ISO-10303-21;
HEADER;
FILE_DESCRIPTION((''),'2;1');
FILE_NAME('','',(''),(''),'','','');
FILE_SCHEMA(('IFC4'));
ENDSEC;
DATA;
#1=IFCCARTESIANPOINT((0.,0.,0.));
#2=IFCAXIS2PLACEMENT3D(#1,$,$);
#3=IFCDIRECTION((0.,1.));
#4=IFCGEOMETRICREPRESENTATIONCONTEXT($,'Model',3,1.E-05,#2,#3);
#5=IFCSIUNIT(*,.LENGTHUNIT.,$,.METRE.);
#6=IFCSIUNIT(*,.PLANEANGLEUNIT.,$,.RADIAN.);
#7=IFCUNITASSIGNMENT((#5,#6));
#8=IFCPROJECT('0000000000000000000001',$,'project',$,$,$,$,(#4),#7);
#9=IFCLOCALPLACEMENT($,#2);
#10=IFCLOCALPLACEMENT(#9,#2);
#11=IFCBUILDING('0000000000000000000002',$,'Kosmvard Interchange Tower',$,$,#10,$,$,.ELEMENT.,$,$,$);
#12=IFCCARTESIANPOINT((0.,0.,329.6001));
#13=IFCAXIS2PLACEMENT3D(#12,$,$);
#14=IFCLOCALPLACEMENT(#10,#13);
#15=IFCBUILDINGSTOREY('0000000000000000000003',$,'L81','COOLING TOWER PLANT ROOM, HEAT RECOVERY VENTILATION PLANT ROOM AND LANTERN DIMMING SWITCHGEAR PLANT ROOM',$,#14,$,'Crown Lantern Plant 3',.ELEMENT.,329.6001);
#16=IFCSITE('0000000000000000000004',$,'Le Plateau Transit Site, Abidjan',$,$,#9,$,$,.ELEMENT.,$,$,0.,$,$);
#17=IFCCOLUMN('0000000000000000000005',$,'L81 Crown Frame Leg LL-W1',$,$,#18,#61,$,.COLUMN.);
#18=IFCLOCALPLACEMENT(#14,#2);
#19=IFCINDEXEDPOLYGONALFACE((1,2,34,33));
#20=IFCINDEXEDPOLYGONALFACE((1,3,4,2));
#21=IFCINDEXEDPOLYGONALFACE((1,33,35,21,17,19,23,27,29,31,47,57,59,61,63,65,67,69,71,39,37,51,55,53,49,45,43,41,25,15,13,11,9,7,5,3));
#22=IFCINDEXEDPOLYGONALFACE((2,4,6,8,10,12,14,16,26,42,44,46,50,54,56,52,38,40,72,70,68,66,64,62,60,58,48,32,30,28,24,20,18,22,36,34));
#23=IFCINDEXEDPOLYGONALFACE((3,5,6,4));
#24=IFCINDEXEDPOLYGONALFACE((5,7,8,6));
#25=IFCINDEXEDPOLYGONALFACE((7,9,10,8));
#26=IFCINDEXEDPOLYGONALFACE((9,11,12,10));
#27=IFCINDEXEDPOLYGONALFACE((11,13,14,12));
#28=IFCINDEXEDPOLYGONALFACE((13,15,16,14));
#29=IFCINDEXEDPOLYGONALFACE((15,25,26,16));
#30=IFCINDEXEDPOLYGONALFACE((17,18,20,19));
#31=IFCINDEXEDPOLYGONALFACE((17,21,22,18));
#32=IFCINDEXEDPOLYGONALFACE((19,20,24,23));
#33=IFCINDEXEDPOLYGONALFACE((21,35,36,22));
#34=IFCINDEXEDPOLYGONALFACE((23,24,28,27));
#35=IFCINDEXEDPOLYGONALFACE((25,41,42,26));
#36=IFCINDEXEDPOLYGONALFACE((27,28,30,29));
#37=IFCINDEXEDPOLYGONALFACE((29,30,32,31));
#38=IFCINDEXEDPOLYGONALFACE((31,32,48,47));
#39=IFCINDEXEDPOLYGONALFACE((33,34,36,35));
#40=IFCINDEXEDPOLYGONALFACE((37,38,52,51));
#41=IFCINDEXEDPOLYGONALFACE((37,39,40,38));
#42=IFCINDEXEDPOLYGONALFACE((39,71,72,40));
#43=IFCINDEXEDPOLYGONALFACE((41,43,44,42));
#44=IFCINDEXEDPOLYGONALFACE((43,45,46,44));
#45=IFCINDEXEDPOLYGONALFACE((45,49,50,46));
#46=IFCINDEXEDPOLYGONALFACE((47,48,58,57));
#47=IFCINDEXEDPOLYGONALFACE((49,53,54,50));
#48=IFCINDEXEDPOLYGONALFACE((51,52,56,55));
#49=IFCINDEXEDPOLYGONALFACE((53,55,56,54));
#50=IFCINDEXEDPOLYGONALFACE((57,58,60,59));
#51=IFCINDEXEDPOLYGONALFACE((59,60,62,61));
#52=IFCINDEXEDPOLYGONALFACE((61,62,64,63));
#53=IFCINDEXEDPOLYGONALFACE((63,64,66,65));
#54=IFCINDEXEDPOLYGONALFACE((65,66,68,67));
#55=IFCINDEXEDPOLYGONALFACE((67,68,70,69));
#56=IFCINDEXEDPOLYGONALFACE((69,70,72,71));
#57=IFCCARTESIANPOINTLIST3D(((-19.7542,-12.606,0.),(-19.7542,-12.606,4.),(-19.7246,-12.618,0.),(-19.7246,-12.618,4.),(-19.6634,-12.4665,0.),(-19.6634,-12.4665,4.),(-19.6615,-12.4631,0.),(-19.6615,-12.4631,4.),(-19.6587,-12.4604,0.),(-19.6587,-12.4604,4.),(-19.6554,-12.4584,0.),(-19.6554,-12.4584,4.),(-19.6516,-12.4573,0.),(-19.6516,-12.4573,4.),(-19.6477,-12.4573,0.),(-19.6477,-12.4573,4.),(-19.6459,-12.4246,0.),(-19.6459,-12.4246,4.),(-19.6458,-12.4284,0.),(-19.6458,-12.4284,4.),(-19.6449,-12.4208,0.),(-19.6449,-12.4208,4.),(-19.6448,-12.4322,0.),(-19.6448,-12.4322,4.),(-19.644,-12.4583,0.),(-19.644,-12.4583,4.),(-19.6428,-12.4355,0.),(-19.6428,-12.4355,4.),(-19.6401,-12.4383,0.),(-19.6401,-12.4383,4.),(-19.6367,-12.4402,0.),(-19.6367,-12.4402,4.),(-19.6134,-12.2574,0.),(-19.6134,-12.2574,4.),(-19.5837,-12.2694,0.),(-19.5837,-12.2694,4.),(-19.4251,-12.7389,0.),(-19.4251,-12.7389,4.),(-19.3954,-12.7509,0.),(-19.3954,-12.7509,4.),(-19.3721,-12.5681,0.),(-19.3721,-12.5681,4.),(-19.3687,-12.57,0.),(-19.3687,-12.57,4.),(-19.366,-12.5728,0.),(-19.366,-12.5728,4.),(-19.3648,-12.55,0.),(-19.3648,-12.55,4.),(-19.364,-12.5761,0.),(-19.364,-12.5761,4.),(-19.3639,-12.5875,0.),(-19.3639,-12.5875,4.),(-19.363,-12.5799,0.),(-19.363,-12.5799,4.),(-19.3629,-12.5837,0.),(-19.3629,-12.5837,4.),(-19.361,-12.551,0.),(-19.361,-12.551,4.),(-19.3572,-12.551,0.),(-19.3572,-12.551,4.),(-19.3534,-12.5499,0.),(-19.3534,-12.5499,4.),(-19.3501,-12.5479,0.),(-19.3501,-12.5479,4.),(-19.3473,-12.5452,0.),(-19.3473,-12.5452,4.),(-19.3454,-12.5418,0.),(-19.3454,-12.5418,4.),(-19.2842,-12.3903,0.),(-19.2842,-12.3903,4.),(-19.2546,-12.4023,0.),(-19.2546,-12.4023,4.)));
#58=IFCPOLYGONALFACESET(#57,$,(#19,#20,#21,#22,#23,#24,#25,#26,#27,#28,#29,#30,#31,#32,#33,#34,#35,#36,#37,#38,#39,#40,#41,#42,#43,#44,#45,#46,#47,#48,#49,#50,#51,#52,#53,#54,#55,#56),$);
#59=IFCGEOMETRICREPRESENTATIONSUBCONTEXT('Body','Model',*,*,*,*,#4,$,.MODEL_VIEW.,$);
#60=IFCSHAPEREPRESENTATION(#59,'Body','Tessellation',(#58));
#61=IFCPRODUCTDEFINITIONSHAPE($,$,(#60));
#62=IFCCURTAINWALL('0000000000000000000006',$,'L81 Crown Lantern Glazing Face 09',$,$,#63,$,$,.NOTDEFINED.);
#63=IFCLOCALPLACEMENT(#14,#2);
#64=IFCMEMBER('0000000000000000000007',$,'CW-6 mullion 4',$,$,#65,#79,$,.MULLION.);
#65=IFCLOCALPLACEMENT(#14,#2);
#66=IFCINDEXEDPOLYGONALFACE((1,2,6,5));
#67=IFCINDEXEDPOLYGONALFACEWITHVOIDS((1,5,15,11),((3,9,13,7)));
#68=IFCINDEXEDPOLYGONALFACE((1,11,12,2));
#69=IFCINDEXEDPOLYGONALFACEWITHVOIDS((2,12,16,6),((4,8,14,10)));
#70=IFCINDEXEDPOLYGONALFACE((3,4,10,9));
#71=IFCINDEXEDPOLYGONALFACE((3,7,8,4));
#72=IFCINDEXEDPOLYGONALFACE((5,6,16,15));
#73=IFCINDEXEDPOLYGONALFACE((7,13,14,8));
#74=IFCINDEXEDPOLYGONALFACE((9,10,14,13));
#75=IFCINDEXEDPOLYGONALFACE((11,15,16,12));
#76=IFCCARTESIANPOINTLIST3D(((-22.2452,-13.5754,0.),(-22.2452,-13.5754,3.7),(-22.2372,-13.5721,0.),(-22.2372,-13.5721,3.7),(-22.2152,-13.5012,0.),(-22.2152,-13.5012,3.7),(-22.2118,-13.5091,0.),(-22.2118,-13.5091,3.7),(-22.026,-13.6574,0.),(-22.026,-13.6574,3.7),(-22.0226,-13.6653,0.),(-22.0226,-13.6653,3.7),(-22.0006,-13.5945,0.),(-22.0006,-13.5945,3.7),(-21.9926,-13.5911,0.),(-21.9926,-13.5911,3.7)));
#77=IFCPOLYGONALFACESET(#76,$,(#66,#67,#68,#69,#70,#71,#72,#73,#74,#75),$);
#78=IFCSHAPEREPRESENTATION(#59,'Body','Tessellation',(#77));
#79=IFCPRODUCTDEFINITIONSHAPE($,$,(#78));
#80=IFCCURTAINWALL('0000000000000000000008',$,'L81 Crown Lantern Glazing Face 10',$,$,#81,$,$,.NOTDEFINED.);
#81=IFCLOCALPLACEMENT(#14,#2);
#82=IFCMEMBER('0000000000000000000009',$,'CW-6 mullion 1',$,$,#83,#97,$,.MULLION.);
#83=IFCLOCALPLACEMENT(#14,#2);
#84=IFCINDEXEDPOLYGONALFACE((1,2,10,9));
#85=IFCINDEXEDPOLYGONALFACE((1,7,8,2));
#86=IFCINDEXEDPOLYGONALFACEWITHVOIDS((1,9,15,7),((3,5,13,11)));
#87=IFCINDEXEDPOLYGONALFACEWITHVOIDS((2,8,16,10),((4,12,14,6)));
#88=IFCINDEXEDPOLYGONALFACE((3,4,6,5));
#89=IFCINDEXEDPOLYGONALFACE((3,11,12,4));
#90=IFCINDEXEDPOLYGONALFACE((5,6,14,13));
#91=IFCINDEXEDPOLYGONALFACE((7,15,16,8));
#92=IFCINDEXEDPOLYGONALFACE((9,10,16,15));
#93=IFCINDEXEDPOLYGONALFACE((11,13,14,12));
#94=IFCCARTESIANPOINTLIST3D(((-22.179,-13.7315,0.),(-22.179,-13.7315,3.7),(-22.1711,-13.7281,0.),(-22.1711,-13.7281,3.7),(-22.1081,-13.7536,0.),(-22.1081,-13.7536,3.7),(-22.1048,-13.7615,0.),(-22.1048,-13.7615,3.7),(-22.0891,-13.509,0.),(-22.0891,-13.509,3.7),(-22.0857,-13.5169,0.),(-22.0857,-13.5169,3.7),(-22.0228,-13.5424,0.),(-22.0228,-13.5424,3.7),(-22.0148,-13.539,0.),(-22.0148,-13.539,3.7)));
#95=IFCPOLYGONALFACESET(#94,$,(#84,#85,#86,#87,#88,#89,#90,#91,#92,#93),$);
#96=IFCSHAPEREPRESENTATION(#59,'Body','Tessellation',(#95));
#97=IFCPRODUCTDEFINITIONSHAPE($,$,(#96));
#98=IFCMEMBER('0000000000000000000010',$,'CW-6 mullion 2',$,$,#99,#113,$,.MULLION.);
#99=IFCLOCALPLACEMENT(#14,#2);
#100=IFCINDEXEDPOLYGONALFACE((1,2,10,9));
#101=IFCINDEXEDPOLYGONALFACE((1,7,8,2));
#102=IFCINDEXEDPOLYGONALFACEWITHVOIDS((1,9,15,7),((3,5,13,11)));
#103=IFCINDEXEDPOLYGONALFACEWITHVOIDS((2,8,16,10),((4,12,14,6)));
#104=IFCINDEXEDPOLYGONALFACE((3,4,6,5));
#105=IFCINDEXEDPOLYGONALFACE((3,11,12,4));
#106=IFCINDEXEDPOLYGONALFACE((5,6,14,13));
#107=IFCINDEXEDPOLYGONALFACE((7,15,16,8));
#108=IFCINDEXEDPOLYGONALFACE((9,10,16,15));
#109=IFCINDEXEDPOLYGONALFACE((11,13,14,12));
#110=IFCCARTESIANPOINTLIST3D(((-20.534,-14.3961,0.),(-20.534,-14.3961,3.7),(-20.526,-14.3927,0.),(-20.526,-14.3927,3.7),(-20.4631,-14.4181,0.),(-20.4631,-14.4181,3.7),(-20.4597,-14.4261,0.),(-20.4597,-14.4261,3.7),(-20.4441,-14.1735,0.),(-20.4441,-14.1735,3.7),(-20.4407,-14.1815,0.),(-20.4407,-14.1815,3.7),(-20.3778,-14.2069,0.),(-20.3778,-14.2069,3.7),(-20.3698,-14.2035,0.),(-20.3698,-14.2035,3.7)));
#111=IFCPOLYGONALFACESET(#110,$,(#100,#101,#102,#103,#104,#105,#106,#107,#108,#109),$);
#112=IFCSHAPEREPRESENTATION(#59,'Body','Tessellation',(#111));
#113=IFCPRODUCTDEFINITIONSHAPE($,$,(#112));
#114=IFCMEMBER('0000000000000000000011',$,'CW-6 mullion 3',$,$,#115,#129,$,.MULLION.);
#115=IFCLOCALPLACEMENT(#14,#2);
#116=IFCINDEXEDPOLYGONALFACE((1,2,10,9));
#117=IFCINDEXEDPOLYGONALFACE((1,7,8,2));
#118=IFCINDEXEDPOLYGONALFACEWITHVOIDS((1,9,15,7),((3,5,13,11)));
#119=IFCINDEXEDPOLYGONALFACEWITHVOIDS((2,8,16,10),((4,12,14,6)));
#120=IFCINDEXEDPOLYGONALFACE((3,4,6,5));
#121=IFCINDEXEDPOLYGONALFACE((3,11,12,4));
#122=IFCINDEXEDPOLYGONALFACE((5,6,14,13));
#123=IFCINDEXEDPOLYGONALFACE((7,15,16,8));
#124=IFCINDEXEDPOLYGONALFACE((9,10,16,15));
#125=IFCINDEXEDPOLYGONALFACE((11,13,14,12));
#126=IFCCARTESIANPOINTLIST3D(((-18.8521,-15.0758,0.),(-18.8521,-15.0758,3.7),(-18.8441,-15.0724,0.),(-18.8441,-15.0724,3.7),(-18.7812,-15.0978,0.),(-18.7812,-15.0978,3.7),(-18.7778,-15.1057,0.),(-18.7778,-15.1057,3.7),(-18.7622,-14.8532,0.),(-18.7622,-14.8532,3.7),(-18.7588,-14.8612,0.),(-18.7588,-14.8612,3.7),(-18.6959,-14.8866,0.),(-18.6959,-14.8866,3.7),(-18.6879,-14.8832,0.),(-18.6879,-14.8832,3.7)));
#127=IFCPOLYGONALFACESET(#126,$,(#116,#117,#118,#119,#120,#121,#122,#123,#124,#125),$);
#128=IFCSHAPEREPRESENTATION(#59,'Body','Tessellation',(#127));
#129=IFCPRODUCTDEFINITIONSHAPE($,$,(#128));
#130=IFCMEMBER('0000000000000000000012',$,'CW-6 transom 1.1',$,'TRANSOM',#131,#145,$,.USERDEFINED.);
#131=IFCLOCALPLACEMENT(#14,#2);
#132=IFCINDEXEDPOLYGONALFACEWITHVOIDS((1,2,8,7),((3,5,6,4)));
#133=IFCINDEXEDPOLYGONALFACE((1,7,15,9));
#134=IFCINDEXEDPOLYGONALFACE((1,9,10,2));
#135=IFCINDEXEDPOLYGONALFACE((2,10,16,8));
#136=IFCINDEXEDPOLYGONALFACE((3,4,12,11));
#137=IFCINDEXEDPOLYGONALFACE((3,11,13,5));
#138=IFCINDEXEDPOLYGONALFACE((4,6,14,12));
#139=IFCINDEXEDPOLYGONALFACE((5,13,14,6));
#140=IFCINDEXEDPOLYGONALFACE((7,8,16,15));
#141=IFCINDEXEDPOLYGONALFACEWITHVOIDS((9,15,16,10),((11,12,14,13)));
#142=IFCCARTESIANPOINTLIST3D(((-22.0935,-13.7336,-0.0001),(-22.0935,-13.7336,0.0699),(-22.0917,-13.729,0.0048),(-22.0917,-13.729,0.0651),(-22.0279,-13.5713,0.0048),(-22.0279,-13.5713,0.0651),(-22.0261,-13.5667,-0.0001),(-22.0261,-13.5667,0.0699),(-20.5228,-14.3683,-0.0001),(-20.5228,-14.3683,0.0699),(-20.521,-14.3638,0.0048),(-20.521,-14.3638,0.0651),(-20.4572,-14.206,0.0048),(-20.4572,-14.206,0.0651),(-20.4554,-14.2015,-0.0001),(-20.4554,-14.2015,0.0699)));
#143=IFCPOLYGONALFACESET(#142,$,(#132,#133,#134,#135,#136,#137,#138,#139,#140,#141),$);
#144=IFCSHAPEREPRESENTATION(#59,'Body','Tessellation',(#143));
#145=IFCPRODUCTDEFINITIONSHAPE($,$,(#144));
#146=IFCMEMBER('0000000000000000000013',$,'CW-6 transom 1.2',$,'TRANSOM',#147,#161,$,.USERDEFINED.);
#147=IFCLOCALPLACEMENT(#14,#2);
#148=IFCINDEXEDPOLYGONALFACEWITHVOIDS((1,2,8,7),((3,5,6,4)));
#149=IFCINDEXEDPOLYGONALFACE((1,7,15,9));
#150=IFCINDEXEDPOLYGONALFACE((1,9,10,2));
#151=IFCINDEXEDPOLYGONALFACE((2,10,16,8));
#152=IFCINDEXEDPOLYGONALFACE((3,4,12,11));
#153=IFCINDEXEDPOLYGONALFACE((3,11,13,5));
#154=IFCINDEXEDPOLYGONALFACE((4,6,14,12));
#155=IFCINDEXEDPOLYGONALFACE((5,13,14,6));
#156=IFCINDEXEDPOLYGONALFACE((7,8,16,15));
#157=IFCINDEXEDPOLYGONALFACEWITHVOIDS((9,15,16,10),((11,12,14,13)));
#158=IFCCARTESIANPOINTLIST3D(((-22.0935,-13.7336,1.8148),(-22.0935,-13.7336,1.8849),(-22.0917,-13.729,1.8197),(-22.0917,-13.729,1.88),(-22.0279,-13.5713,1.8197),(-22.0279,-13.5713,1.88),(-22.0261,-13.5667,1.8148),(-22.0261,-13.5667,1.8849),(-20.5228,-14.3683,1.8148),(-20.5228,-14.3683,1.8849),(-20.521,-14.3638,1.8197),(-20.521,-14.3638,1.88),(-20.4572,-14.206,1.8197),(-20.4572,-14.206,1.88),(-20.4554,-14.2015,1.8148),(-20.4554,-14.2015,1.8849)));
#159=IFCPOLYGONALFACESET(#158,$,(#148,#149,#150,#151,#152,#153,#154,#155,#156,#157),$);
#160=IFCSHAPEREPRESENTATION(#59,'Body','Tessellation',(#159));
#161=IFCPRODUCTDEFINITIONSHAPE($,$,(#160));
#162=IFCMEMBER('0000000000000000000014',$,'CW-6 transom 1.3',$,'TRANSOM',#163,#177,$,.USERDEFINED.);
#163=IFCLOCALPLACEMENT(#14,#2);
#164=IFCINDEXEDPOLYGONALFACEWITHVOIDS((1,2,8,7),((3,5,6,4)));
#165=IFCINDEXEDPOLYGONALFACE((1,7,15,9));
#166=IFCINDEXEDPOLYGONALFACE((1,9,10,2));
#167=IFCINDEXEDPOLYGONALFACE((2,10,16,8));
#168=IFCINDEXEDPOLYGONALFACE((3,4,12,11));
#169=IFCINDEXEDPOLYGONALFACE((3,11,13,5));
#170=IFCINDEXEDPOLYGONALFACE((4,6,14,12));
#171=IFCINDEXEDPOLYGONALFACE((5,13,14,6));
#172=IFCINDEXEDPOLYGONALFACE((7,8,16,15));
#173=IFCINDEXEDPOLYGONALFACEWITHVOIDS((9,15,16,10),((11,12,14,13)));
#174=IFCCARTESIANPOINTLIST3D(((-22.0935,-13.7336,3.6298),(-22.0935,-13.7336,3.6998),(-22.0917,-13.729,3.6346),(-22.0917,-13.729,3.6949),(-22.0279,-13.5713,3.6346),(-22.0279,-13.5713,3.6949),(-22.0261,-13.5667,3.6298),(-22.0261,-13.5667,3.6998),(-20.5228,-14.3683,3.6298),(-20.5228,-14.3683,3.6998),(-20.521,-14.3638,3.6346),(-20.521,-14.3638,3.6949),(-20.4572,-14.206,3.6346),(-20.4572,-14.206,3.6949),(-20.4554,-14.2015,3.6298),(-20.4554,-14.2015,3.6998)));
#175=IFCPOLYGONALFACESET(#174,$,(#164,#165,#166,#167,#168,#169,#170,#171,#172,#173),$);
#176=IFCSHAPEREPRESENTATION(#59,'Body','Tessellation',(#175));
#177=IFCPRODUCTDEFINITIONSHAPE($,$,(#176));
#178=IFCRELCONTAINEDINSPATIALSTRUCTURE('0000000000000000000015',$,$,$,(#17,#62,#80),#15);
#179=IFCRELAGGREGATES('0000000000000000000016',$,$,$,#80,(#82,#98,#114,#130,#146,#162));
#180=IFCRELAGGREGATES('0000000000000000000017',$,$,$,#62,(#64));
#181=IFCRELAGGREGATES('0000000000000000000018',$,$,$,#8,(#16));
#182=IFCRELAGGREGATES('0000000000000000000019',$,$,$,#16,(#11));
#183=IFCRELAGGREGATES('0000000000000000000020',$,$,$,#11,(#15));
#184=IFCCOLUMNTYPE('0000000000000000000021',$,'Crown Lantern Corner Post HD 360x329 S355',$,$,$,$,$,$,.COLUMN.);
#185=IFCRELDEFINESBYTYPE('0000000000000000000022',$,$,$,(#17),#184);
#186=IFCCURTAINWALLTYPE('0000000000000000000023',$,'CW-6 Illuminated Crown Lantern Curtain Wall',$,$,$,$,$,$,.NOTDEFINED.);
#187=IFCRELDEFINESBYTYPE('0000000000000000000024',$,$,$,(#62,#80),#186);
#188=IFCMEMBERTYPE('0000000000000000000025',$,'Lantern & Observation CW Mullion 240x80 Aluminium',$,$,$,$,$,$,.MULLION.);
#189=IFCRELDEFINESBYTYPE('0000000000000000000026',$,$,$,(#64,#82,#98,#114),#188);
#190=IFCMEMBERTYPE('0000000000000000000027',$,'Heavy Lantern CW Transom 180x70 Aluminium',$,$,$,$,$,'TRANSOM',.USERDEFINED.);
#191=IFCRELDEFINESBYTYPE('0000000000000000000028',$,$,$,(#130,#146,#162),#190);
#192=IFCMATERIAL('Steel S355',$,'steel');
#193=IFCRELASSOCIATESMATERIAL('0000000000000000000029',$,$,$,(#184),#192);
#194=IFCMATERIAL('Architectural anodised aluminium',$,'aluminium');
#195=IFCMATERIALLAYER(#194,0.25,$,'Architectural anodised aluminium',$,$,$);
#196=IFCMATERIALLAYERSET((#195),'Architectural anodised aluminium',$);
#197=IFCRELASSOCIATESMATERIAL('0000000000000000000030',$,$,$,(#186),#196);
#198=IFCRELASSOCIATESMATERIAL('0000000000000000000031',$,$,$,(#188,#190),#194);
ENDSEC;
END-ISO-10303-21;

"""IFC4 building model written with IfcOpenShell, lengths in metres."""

from ifc_helpers import new_model, si_unit, direction, frame, origin, origin_2d, place, context, subcontext, project, spatial, hollow_rectangle, i_section, extrude, source, transform, mapped, material, layer, layer_set, material_profile, profile_set, type_object, element, aggregate, save


model = new_model("IFC4")

# Units and contexts
model_context = context("Model", 3, precision=1e-05, world=origin(), true_north=direction((0.0, 1.0)))
body_context = subcontext(model_context, "Body", "Model", "MODEL_VIEW")
ifc_project = project(units=[si_unit("LENGTHUNIT", "METRE"), si_unit("PLANEANGLEUNIT", "RADIAN")], contexts=[model_context])

# Site, building, storey
site_placement = place(None, origin())
site = spatial("IfcSite", under=ifc_project, at=site_placement, Name="Le Plateau Transit Site, Abidjan", CompositionType="ELEMENT", RefElevation=0.0)
building_placement = place(site_placement, origin())
building = spatial("IfcBuilding", under=site, at=building_placement, Name="Kosmvard Interchange Tower", CompositionType="ELEMENT")
storey_placement = place(building_placement, frame((0.0, 0.0, 329.6001)))
storey = spatial("IfcBuildingStorey", under=building, at=storey_placement, Name="L81", Description="COOLING TOWER PLANT ROOM, HEAT RECOVERY VENTILATION PLANT ROOM AND LANTERN DIMMING SWITCHGEAR PLANT ROOM", LongName="Crown Lantern Plant 3", CompositionType="ELEMENT", Elevation=329.6001)

# Column
ifc_material_1 = material(Name="Steel S355", Category="steel")
ifc_material_profile_1 = material_profile(ifc_material_1, i_section(OverallWidth=0.376, OverallDepth=0.387, WebThickness=0.0195, FlangeThickness=0.032, FilletRadius=0.0149, at=origin_2d()), Name="HD 360x329")
ifc_profile_set_1 = profile_set([ifc_material_profile_1], Name="Steel S355")
column_type = type_object("IfcColumnType", Name="Crown Lantern Corner Post HD 360x329 S355", PredefinedType="COLUMN", material=ifc_profile_set_1)
shared_shape_1 = source(origin(), body_context, "Body", "SweptSolid", [
    extrude(i_section(OverallWidth=0.376, OverallDepth=0.387, WebThickness=0.0195, FlangeThickness=0.032, FilletRadius=0.0149, at=origin_2d()), origin(), (0.0, 0.0, 1.0), 4.0),
])
column_placement = place(storey_placement, frame((-19.5044, -12.5042, 0.0), z_axis=(0.0, 0.0, 1.0), x_axis=(0.374607, 0.927184, 0.0)))
element("IfcColumn", 1, at=column_placement, inside=storey, type_object=column_type, Name="L81 Crown Frame Leg LL-W1", PredefinedType="COLUMN", context=body_context, shape_type="MappedRepresentation", body=[
    mapped(shared_shape_1, transform((0.0, 0.0, 0.0), scale=1.0)),
])

# Curtain wall, member
ifc_material_2 = material(Name="Architectural anodised aluminium", Category="aluminium")
ifc_layer_1 = layer(ifc_material_2, 0.25, Name="Architectural anodised aluminium")
ifc_layer_set_1 = layer_set([ifc_layer_1], Name="Architectural anodised aluminium")
curtain_wall_type = type_object("IfcCurtainWallType", Name="CW-6 Illuminated Crown Lantern Curtain Wall", PredefinedType="NOTDEFINED", material=ifc_layer_set_1)
curtain_wall_1_placement = place(storey_placement, origin())
curtain_wall_1 = element("IfcCurtainWall", 2, at=curtain_wall_1_placement, inside=storey, type_object=curtain_wall_type, Name="L81 Crown Lantern Glazing Face 09", PredefinedType="NOTDEFINED")
ifc_material_profile_2 = material_profile(ifc_material_2, hollow_rectangle(XDim=0.24, YDim=0.0801, WallThickness=0.0061, at=origin_2d()), Name="CWM 240x80x6")
ifc_profile_set_2 = profile_set([ifc_material_profile_2], Name="Architectural anodised aluminium")
member_type_1 = type_object("IfcMemberType", Name="Lantern & Observation CW Mullion 240x80 Aluminium", PredefinedType="MULLION", material=ifc_profile_set_2)
shared_shape_2 = source(origin(), body_context, "Body", "SweptSolid", [
    extrude(hollow_rectangle(XDim=0.24, YDim=0.0801, WallThickness=0.0061, at=origin_2d()), origin(), (0.0, 0.0, 1.0), 3.7),
])
member_1_placement = place(storey_placement, frame((-22.1189, -13.5833, 0.0), z_axis=(0.0, 0.0, 1.0), x_axis=(0.927184, -0.374607, 0.0)))
member_1 = element("IfcMember", 3, at=member_1_placement, type_object=member_type_1, Name="CW-6 mullion 4", PredefinedType="MULLION", context=body_context, shape_type="MappedRepresentation", body=[
    mapped(shared_shape_2, transform((0.0, 0.0, 0.0), scale=1.0)),
])

# Curtain wall, members
curtain_wall_2_placement = place(storey_placement, origin())
curtain_wall_2 = element("IfcCurtainWall", 4, at=curtain_wall_2_placement, inside=storey, type_object=curtain_wall_type, Name="L81 Crown Lantern Glazing Face 10", PredefinedType="NOTDEFINED")
member_2_placement = place(storey_placement, frame((-22.0969, -13.6353, 0.0), z_axis=(0.0, 0.0, 1.0), x_axis=(0.374607, 0.927184, 0.0)))
member_2 = element("IfcMember", 5, at=member_2_placement, type_object=member_type_1, Name="CW-6 mullion 1", PredefinedType="MULLION", context=body_context, shape_type="MappedRepresentation", body=[
    mapped(shared_shape_2, transform((0.0, 0.0, 0.0), scale=1.0)),
])
member_3_placement = place(storey_placement, frame((-20.4519, -14.2998, 0.0), z_axis=(0.0, 0.0, 1.0), x_axis=(0.374607, 0.927184, 0.0)))
member_3 = element("IfcMember", 6, at=member_3_placement, type_object=member_type_1, Name="CW-6 mullion 2", PredefinedType="MULLION", context=body_context, shape_type="MappedRepresentation", body=[
    mapped(shared_shape_2, transform((0.0, 0.0, 0.0), scale=1.0)),
])
member_4_placement = place(storey_placement, frame((-18.77, -14.9795, 0.0), z_axis=(0.0, 0.0, 1.0), x_axis=(0.374607, 0.927184, 0.0)))
member_4 = element("IfcMember", 7, at=member_4_placement, type_object=member_type_1, Name="CW-6 mullion 3", PredefinedType="MULLION", context=body_context, shape_type="MappedRepresentation", body=[
    mapped(shared_shape_2, transform((0.0, 0.0, 0.0), scale=1.0)),
])
ifc_material_profile_3 = material_profile(ifc_material_2, hollow_rectangle(XDim=0.1799, YDim=0.0701, WallThickness=0.0049, at=origin_2d()), Name="CWT 180x70x5")
ifc_profile_set_3 = profile_set([ifc_material_profile_3], Name="Architectural anodised aluminium")
member_type_2 = type_object("IfcMemberType", Name="Heavy Lantern CW Transom 180x70 Aluminium", ElementType="TRANSOM", PredefinedType="USERDEFINED", material=ifc_profile_set_3)
shared_shape_3 = source(origin(), body_context, "Body", "SweptSolid", [
    extrude(hollow_rectangle(XDim=0.1799, YDim=0.0701, WallThickness=0.0049, at=origin_2d()), origin(), (0.0, 0.0, 1.0), 1.6941),
])
member_5_placement = place(storey_placement, frame((-22.0598, -13.6501, 0.0349), z_axis=(0.927159, -0.374668, 0.0), x_axis=(0.374668, 0.927159, 0.0)))
member_5 = element("IfcMember", 8, at=member_5_placement, type_object=member_type_2, Name="CW-6 transom 1.1", ObjectType="TRANSOM", PredefinedType="USERDEFINED", context=body_context, shape_type="MappedRepresentation", body=[
    mapped(shared_shape_3, transform((0.0, 0.0, 0.0), scale=1.0)),
])
member_6_placement = place(storey_placement, frame((-22.0598, -13.6501, 1.8499), z_axis=(0.927159, -0.374668, 0.0), x_axis=(0.374668, 0.927159, 0.0)))
member_6 = element("IfcMember", 9, at=member_6_placement, type_object=member_type_2, Name="CW-6 transom 1.2", ObjectType="TRANSOM", PredefinedType="USERDEFINED", context=body_context, shape_type="MappedRepresentation", body=[
    mapped(shared_shape_3, transform((0.0, 0.0, 0.0), scale=1.0)),
])
member_7_placement = place(storey_placement, frame((-22.0598, -13.6501, 3.6648), z_axis=(0.927159, -0.374668, 0.0), x_axis=(0.374668, 0.927159, 0.0)))
member_7 = element("IfcMember", 10, at=member_7_placement, type_object=member_type_2, Name="CW-6 transom 1.3", ObjectType="TRANSOM", PredefinedType="USERDEFINED", context=body_context, shape_type="MappedRepresentation", body=[
    mapped(shared_shape_3, transform((0.0, 0.0, 0.0), scale=1.0)),
])
aggregate(curtain_wall_2, [member_2, member_3, member_4, member_5, member_6, member_7])

aggregate(curtain_wall_1, [member_1])

save(model, "model.ifc")
